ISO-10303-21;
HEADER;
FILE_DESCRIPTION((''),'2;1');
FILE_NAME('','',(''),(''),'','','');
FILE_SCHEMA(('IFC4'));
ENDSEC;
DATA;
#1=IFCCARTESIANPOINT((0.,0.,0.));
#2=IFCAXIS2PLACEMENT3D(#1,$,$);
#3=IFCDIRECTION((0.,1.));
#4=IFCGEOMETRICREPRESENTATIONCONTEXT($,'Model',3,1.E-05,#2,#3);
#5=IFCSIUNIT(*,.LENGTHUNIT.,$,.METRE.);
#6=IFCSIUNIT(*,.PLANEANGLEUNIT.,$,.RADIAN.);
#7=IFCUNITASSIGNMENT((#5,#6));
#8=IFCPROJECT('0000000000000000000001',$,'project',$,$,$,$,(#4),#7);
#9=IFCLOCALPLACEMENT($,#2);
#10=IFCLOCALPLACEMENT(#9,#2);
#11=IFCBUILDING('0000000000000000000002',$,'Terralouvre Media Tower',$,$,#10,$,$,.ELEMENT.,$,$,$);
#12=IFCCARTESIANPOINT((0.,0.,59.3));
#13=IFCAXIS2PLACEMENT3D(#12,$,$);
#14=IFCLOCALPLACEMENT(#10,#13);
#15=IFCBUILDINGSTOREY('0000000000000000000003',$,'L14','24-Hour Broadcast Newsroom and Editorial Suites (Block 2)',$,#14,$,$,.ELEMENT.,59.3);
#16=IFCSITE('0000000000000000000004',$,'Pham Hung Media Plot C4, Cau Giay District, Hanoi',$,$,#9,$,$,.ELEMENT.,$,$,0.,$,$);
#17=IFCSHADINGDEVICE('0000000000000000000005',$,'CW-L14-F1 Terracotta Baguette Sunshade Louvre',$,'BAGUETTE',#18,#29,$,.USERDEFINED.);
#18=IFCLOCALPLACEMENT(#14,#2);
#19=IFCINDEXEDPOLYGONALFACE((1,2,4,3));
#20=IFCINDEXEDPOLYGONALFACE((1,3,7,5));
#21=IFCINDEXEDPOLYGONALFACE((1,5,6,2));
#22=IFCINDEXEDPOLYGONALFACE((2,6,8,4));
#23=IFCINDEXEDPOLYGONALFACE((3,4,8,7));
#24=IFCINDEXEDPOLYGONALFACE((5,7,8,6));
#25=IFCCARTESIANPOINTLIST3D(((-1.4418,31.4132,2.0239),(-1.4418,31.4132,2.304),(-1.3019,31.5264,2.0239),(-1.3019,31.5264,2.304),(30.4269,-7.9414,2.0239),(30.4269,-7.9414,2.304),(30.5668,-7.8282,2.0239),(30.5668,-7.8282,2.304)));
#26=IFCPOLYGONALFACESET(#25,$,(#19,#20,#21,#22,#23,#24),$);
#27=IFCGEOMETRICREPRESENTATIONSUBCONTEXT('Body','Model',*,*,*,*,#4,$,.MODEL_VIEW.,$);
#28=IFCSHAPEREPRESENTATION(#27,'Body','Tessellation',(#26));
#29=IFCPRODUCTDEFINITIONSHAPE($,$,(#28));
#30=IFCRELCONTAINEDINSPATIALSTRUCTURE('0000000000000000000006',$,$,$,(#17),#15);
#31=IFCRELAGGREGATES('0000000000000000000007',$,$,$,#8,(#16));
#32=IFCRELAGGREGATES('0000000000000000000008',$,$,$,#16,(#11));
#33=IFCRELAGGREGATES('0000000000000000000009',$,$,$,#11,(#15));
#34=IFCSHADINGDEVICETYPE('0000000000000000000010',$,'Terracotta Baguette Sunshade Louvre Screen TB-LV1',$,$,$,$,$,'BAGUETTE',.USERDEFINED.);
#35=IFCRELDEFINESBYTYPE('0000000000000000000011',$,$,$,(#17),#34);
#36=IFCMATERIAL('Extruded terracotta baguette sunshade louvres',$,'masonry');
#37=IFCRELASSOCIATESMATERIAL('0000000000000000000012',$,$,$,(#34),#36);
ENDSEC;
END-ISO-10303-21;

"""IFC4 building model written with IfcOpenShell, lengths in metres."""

from ifc_helpers import new_model, si_unit, direction, frame, origin, origin_2d, place, context, subcontext, project, spatial, rectangle, extrude, material, type_object, element, save


model = new_model("IFC4")

# Units and contexts
model_context = context("Model", 3, precision=1e-05, world=origin(), true_north=direction((0.0, 1.0)))
body_context = subcontext(model_context, "Body", "Model", "MODEL_VIEW")
ifc_project = project(units=[si_unit("LENGTHUNIT", "METRE"), si_unit("PLANEANGLEUNIT", "RADIAN")], contexts=[model_context])

# Site, building, storey
site_placement = place(None, origin())
site = spatial("IfcSite", under=ifc_project, at=site_placement, Name="Pham Hung Media Plot C4, Cau Giay District, Hanoi", CompositionType="ELEMENT", RefElevation=0.0)
building_placement = place(site_placement, origin())
building = spatial("IfcBuilding", under=site, at=building_placement, Name="Terralouvre Media Tower", CompositionType="ELEMENT")
storey_placement = place(building_placement, frame((0.0, 0.0, 59.3)))
storey = spatial("IfcBuildingStorey", under=building, at=storey_placement, Name="L14", Description="24-Hour Broadcast Newsroom and Editorial Suites (Block 2)", CompositionType="ELEMENT", Elevation=59.3)

# Shading device
ifc_material_1 = material(Name="Extruded terracotta baguette sunshade louvres", Category="masonry")
shading_device_type = type_object("IfcShadingDeviceType", Name="Terracotta Baguette Sunshade Louvre Screen TB-LV1", ElementType="BAGUETTE", PredefinedType="USERDEFINED", material=ifc_material_1)
shading_device_placement = place(storey_placement, frame((14.5625, 11.7925, 2.0239), z_axis=(0.0, 0.0, 1.0), x_axis=(-0.62932, 0.777146, 0.0)))
element("IfcShadingDevice", 1, at=shading_device_placement, inside=storey, type_object=shading_device_type, Name="CW-L14-F1 Terracotta Baguette Sunshade Louvre", ObjectType="BAGUETTE", PredefinedType="USERDEFINED", context=body_context, shape_type="SweptSolid", body=[
    extrude(rectangle(XDim=50.6399, YDim=0.1799, at=origin_2d()), origin(), (0.0, 0.0, 1.0), 0.28),
])

save(model, "model.ifc")
